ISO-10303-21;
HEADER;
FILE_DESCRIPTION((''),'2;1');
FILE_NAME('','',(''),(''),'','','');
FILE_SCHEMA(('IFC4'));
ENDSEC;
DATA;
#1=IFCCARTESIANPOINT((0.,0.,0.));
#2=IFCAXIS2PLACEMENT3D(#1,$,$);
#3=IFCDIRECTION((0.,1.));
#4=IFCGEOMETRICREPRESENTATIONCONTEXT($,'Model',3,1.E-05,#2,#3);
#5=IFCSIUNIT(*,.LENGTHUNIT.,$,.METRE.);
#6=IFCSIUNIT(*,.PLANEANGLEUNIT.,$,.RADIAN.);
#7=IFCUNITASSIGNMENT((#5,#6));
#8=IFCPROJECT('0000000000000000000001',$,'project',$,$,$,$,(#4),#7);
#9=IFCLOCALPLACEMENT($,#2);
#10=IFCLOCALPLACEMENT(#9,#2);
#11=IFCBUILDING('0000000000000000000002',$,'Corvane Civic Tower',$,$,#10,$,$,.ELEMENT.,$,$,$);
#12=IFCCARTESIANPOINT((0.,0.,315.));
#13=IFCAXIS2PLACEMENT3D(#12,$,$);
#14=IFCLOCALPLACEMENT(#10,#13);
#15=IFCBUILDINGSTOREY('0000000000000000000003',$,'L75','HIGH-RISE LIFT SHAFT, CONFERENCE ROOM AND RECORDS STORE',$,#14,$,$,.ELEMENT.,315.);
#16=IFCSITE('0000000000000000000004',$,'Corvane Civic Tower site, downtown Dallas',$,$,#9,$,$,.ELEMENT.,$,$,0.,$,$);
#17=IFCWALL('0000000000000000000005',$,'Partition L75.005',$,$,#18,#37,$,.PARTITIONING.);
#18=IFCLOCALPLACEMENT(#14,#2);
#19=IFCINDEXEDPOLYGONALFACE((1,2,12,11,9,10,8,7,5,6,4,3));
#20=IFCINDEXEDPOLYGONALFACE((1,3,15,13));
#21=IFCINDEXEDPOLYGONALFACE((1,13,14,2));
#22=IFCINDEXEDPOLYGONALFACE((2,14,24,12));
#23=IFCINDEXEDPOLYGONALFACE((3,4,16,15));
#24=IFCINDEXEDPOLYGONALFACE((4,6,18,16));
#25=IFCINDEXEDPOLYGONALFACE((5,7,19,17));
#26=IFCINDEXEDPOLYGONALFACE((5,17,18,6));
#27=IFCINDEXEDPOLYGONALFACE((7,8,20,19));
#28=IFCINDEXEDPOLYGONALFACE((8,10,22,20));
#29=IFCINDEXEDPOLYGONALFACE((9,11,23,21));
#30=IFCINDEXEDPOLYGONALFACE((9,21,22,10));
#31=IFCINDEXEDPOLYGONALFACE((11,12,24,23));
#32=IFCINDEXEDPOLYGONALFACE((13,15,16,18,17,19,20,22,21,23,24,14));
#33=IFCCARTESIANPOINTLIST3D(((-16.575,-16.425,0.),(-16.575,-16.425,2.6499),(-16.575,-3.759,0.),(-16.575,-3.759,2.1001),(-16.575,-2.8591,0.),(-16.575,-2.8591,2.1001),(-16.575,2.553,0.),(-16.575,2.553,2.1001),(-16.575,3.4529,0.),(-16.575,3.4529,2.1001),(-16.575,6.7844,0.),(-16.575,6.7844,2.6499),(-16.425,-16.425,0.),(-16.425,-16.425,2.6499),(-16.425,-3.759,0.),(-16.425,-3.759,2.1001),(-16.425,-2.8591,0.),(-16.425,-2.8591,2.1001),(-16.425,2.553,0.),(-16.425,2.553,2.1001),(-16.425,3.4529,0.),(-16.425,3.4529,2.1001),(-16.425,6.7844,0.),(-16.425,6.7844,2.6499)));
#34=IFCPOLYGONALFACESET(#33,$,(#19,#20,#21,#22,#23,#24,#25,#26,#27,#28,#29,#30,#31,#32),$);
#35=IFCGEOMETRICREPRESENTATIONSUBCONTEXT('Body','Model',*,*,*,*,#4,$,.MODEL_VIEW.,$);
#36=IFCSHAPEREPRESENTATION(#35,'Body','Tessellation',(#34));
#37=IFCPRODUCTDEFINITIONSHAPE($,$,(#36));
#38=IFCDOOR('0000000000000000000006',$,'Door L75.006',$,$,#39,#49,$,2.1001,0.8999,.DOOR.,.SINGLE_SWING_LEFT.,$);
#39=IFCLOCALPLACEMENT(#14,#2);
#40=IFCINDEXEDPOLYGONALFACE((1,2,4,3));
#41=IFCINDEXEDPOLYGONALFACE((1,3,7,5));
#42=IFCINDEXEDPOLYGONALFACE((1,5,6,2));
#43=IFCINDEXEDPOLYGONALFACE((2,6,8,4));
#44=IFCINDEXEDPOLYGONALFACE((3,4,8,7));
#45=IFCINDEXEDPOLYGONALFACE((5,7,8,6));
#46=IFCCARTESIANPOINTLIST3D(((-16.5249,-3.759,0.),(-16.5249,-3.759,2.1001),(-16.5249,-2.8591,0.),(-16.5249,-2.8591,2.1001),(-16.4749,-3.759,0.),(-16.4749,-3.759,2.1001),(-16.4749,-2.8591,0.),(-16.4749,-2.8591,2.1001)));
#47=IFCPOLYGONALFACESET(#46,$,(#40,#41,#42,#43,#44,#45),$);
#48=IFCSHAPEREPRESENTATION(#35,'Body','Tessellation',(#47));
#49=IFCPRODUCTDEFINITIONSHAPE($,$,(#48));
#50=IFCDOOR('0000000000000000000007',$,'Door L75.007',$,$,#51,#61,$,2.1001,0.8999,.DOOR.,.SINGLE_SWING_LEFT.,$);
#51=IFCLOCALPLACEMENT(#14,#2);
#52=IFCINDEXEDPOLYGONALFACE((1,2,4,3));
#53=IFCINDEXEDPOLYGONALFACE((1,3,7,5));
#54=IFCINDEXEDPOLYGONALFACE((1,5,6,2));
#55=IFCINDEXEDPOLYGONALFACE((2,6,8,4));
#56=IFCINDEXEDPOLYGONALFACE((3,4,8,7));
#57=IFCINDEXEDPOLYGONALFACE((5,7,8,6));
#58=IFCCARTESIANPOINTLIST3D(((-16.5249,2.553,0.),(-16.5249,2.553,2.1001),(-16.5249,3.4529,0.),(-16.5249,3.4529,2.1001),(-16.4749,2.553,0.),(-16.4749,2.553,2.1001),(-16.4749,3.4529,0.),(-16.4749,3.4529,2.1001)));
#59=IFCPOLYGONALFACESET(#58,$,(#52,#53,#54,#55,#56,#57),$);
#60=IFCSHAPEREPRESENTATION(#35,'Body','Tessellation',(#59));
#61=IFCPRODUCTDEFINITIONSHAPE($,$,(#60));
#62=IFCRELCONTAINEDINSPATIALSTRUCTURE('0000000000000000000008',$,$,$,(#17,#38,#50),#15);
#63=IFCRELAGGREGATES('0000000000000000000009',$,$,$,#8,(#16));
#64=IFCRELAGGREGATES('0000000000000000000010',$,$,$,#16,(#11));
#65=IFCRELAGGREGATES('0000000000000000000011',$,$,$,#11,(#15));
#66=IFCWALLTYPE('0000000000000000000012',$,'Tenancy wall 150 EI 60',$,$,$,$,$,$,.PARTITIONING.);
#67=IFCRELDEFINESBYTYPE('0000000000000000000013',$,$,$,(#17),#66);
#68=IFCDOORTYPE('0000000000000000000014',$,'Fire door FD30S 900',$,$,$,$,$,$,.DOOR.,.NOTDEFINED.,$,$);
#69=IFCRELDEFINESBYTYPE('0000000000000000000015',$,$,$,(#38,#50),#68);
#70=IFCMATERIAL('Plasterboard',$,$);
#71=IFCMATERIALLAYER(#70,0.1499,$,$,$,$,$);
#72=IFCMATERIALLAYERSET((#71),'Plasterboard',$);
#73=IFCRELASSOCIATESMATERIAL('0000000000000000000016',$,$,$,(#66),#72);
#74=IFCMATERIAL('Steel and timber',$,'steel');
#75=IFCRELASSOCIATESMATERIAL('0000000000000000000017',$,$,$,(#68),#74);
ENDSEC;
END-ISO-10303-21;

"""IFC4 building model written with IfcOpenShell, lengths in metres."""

from ifc_helpers import new_model, si_unit, direction, frame, frame_2d, origin, place, context, subcontext, project, spatial, rectangle, extrude, material, layer, layer_set, type_object, element, fill, save


model = new_model("IFC4")

# Units and contexts
model_context = context("Model", 3, precision=1e-05, world=origin(), true_north=direction((0.0, 1.0)))
body_context = subcontext(model_context, "Body", "Model", "MODEL_VIEW")
ifc_project = project(units=[si_unit("LENGTHUNIT", "METRE"), si_unit("PLANEANGLEUNIT", "RADIAN")], contexts=[model_context])

# Site, building, storey
site_placement = place(None, origin())
site = spatial("IfcSite", under=ifc_project, at=site_placement, Name="Corvane Civic Tower site, downtown Dallas", CompositionType="ELEMENT", RefElevation=0.0)
building_placement = place(site_placement, origin())
building = spatial("IfcBuilding", under=site, at=building_placement, Name="Corvane Civic Tower", CompositionType="ELEMENT")
storey_placement = place(building_placement, frame((0.0, 0.0, 315.0)))
storey = spatial("IfcBuildingStorey", under=building, at=storey_placement, Name="L75", Description="HIGH-RISE LIFT SHAFT, CONFERENCE ROOM AND RECORDS STORE", CompositionType="ELEMENT", Elevation=315.0)

# Shared definitions
ifc_material_1 = material(Name="Plasterboard")
ifc_layer_1 = layer(ifc_material_1, 0.1499)
ifc_layer_set_1 = layer_set([ifc_layer_1], Name="Plasterboard")
wall_type_1 = type_object("IfcWallType", Name="Tenancy wall 150 EI 60", PredefinedType="PARTITIONING", material=ifc_layer_set_1)

# Wall, openings, doors
wall_1_placement = place(storey_placement, frame((-16.5, -16.425, 0.0), z_axis=(0.0, 0.0, 1.0), x_axis=(0.0, 1.0, 0.0)))
wall_1 = element("IfcWall", 1, at=wall_1_placement, inside=storey, type_object=wall_type_1, Name="Partition L75.005", PredefinedType="PARTITIONING", context=body_context, shape_type="SweptSolid", body=[
    extrude(rectangle(XDim=23.2095, YDim=0.1499, at=frame_2d((11.6047, 0.0))), origin(), (0.0, 0.0, 1.0), 2.6499),
])
opening_1_placement = place(wall_1_placement, frame((12.666, 0.0, 0.0)))
opening_1 = element("IfcOpeningElement", 2, at=opening_1_placement, cuts=wall_1, PredefinedType="OPENING", context=body_context, shape_type="SweptSolid", body=[
    extrude(rectangle(XDim=0.8999, YDim=2.1001, at=frame_2d((0.45, 1.05))), frame((0.0, 0.085, 0.0), z_axis=(0.0, -1.0, 0.0), x_axis=(1.0, 0.0, 0.0)), (0.0, 0.0, 1.0), 0.1699),
])
opening_2_placement = place(wall_1_placement, frame((18.978, 0.0, 0.0)))
opening_2 = element("IfcOpeningElement", 3, at=opening_2_placement, cuts=wall_1, PredefinedType="OPENING", context=body_context, shape_type="SweptSolid", body=[
    extrude(rectangle(XDim=0.8999, YDim=2.1001, at=frame_2d((0.45, 1.05))), frame((0.0, 0.085, 0.0), z_axis=(0.0, -1.0, 0.0), x_axis=(1.0, 0.0, 0.0)), (0.0, 0.0, 1.0), 0.1699),
])
ifc_material_2 = material(Name="Steel and timber", Category="steel")
door_type_1 = type_object("IfcDoorType", Name="Fire door FD30S 900", OperationType="NOTDEFINED", PredefinedType="DOOR", material=ifc_material_2)
door_1_placement = place(opening_1_placement, origin())
door_1 = element("IfcDoor", 4, at=door_1_placement, inside=storey, type_object=door_type_1, Name="Door L75.006", OperationType="SINGLE_SWING_LEFT", OverallHeight=2.1001, OverallWidth=0.8999, PredefinedType="DOOR", context=body_context, shape_type="SweptSolid", body=[
    extrude(rectangle(XDim=0.8999, YDim=2.1001, at=frame_2d((0.45, 1.05))), frame((0.0, 0.0249, 0.0), z_axis=(0.0, -1.0, 0.0), x_axis=(1.0, 0.0, 0.0)), (0.0, 0.0, 1.0), 0.05),
])
fill(opening_1, door_1)
door_2_placement = place(opening_2_placement, origin())
door_2 = element("IfcDoor", 5, at=door_2_placement, inside=storey, type_object=door_type_1, Name="Door L75.007", OperationType="SINGLE_SWING_LEFT", OverallHeight=2.1001, OverallWidth=0.8999, PredefinedType="DOOR", context=body_context, shape_type="SweptSolid", body=[
    extrude(rectangle(XDim=0.8999, YDim=2.1001, at=frame_2d((0.45, 1.05))), frame((0.0, 0.0249, 0.0), z_axis=(0.0, -1.0, 0.0), x_axis=(1.0, 0.0, 0.0)), (0.0, 0.0, 1.0), 0.05),
])
fill(opening_2, door_2)

save(model, "model.ifc")
